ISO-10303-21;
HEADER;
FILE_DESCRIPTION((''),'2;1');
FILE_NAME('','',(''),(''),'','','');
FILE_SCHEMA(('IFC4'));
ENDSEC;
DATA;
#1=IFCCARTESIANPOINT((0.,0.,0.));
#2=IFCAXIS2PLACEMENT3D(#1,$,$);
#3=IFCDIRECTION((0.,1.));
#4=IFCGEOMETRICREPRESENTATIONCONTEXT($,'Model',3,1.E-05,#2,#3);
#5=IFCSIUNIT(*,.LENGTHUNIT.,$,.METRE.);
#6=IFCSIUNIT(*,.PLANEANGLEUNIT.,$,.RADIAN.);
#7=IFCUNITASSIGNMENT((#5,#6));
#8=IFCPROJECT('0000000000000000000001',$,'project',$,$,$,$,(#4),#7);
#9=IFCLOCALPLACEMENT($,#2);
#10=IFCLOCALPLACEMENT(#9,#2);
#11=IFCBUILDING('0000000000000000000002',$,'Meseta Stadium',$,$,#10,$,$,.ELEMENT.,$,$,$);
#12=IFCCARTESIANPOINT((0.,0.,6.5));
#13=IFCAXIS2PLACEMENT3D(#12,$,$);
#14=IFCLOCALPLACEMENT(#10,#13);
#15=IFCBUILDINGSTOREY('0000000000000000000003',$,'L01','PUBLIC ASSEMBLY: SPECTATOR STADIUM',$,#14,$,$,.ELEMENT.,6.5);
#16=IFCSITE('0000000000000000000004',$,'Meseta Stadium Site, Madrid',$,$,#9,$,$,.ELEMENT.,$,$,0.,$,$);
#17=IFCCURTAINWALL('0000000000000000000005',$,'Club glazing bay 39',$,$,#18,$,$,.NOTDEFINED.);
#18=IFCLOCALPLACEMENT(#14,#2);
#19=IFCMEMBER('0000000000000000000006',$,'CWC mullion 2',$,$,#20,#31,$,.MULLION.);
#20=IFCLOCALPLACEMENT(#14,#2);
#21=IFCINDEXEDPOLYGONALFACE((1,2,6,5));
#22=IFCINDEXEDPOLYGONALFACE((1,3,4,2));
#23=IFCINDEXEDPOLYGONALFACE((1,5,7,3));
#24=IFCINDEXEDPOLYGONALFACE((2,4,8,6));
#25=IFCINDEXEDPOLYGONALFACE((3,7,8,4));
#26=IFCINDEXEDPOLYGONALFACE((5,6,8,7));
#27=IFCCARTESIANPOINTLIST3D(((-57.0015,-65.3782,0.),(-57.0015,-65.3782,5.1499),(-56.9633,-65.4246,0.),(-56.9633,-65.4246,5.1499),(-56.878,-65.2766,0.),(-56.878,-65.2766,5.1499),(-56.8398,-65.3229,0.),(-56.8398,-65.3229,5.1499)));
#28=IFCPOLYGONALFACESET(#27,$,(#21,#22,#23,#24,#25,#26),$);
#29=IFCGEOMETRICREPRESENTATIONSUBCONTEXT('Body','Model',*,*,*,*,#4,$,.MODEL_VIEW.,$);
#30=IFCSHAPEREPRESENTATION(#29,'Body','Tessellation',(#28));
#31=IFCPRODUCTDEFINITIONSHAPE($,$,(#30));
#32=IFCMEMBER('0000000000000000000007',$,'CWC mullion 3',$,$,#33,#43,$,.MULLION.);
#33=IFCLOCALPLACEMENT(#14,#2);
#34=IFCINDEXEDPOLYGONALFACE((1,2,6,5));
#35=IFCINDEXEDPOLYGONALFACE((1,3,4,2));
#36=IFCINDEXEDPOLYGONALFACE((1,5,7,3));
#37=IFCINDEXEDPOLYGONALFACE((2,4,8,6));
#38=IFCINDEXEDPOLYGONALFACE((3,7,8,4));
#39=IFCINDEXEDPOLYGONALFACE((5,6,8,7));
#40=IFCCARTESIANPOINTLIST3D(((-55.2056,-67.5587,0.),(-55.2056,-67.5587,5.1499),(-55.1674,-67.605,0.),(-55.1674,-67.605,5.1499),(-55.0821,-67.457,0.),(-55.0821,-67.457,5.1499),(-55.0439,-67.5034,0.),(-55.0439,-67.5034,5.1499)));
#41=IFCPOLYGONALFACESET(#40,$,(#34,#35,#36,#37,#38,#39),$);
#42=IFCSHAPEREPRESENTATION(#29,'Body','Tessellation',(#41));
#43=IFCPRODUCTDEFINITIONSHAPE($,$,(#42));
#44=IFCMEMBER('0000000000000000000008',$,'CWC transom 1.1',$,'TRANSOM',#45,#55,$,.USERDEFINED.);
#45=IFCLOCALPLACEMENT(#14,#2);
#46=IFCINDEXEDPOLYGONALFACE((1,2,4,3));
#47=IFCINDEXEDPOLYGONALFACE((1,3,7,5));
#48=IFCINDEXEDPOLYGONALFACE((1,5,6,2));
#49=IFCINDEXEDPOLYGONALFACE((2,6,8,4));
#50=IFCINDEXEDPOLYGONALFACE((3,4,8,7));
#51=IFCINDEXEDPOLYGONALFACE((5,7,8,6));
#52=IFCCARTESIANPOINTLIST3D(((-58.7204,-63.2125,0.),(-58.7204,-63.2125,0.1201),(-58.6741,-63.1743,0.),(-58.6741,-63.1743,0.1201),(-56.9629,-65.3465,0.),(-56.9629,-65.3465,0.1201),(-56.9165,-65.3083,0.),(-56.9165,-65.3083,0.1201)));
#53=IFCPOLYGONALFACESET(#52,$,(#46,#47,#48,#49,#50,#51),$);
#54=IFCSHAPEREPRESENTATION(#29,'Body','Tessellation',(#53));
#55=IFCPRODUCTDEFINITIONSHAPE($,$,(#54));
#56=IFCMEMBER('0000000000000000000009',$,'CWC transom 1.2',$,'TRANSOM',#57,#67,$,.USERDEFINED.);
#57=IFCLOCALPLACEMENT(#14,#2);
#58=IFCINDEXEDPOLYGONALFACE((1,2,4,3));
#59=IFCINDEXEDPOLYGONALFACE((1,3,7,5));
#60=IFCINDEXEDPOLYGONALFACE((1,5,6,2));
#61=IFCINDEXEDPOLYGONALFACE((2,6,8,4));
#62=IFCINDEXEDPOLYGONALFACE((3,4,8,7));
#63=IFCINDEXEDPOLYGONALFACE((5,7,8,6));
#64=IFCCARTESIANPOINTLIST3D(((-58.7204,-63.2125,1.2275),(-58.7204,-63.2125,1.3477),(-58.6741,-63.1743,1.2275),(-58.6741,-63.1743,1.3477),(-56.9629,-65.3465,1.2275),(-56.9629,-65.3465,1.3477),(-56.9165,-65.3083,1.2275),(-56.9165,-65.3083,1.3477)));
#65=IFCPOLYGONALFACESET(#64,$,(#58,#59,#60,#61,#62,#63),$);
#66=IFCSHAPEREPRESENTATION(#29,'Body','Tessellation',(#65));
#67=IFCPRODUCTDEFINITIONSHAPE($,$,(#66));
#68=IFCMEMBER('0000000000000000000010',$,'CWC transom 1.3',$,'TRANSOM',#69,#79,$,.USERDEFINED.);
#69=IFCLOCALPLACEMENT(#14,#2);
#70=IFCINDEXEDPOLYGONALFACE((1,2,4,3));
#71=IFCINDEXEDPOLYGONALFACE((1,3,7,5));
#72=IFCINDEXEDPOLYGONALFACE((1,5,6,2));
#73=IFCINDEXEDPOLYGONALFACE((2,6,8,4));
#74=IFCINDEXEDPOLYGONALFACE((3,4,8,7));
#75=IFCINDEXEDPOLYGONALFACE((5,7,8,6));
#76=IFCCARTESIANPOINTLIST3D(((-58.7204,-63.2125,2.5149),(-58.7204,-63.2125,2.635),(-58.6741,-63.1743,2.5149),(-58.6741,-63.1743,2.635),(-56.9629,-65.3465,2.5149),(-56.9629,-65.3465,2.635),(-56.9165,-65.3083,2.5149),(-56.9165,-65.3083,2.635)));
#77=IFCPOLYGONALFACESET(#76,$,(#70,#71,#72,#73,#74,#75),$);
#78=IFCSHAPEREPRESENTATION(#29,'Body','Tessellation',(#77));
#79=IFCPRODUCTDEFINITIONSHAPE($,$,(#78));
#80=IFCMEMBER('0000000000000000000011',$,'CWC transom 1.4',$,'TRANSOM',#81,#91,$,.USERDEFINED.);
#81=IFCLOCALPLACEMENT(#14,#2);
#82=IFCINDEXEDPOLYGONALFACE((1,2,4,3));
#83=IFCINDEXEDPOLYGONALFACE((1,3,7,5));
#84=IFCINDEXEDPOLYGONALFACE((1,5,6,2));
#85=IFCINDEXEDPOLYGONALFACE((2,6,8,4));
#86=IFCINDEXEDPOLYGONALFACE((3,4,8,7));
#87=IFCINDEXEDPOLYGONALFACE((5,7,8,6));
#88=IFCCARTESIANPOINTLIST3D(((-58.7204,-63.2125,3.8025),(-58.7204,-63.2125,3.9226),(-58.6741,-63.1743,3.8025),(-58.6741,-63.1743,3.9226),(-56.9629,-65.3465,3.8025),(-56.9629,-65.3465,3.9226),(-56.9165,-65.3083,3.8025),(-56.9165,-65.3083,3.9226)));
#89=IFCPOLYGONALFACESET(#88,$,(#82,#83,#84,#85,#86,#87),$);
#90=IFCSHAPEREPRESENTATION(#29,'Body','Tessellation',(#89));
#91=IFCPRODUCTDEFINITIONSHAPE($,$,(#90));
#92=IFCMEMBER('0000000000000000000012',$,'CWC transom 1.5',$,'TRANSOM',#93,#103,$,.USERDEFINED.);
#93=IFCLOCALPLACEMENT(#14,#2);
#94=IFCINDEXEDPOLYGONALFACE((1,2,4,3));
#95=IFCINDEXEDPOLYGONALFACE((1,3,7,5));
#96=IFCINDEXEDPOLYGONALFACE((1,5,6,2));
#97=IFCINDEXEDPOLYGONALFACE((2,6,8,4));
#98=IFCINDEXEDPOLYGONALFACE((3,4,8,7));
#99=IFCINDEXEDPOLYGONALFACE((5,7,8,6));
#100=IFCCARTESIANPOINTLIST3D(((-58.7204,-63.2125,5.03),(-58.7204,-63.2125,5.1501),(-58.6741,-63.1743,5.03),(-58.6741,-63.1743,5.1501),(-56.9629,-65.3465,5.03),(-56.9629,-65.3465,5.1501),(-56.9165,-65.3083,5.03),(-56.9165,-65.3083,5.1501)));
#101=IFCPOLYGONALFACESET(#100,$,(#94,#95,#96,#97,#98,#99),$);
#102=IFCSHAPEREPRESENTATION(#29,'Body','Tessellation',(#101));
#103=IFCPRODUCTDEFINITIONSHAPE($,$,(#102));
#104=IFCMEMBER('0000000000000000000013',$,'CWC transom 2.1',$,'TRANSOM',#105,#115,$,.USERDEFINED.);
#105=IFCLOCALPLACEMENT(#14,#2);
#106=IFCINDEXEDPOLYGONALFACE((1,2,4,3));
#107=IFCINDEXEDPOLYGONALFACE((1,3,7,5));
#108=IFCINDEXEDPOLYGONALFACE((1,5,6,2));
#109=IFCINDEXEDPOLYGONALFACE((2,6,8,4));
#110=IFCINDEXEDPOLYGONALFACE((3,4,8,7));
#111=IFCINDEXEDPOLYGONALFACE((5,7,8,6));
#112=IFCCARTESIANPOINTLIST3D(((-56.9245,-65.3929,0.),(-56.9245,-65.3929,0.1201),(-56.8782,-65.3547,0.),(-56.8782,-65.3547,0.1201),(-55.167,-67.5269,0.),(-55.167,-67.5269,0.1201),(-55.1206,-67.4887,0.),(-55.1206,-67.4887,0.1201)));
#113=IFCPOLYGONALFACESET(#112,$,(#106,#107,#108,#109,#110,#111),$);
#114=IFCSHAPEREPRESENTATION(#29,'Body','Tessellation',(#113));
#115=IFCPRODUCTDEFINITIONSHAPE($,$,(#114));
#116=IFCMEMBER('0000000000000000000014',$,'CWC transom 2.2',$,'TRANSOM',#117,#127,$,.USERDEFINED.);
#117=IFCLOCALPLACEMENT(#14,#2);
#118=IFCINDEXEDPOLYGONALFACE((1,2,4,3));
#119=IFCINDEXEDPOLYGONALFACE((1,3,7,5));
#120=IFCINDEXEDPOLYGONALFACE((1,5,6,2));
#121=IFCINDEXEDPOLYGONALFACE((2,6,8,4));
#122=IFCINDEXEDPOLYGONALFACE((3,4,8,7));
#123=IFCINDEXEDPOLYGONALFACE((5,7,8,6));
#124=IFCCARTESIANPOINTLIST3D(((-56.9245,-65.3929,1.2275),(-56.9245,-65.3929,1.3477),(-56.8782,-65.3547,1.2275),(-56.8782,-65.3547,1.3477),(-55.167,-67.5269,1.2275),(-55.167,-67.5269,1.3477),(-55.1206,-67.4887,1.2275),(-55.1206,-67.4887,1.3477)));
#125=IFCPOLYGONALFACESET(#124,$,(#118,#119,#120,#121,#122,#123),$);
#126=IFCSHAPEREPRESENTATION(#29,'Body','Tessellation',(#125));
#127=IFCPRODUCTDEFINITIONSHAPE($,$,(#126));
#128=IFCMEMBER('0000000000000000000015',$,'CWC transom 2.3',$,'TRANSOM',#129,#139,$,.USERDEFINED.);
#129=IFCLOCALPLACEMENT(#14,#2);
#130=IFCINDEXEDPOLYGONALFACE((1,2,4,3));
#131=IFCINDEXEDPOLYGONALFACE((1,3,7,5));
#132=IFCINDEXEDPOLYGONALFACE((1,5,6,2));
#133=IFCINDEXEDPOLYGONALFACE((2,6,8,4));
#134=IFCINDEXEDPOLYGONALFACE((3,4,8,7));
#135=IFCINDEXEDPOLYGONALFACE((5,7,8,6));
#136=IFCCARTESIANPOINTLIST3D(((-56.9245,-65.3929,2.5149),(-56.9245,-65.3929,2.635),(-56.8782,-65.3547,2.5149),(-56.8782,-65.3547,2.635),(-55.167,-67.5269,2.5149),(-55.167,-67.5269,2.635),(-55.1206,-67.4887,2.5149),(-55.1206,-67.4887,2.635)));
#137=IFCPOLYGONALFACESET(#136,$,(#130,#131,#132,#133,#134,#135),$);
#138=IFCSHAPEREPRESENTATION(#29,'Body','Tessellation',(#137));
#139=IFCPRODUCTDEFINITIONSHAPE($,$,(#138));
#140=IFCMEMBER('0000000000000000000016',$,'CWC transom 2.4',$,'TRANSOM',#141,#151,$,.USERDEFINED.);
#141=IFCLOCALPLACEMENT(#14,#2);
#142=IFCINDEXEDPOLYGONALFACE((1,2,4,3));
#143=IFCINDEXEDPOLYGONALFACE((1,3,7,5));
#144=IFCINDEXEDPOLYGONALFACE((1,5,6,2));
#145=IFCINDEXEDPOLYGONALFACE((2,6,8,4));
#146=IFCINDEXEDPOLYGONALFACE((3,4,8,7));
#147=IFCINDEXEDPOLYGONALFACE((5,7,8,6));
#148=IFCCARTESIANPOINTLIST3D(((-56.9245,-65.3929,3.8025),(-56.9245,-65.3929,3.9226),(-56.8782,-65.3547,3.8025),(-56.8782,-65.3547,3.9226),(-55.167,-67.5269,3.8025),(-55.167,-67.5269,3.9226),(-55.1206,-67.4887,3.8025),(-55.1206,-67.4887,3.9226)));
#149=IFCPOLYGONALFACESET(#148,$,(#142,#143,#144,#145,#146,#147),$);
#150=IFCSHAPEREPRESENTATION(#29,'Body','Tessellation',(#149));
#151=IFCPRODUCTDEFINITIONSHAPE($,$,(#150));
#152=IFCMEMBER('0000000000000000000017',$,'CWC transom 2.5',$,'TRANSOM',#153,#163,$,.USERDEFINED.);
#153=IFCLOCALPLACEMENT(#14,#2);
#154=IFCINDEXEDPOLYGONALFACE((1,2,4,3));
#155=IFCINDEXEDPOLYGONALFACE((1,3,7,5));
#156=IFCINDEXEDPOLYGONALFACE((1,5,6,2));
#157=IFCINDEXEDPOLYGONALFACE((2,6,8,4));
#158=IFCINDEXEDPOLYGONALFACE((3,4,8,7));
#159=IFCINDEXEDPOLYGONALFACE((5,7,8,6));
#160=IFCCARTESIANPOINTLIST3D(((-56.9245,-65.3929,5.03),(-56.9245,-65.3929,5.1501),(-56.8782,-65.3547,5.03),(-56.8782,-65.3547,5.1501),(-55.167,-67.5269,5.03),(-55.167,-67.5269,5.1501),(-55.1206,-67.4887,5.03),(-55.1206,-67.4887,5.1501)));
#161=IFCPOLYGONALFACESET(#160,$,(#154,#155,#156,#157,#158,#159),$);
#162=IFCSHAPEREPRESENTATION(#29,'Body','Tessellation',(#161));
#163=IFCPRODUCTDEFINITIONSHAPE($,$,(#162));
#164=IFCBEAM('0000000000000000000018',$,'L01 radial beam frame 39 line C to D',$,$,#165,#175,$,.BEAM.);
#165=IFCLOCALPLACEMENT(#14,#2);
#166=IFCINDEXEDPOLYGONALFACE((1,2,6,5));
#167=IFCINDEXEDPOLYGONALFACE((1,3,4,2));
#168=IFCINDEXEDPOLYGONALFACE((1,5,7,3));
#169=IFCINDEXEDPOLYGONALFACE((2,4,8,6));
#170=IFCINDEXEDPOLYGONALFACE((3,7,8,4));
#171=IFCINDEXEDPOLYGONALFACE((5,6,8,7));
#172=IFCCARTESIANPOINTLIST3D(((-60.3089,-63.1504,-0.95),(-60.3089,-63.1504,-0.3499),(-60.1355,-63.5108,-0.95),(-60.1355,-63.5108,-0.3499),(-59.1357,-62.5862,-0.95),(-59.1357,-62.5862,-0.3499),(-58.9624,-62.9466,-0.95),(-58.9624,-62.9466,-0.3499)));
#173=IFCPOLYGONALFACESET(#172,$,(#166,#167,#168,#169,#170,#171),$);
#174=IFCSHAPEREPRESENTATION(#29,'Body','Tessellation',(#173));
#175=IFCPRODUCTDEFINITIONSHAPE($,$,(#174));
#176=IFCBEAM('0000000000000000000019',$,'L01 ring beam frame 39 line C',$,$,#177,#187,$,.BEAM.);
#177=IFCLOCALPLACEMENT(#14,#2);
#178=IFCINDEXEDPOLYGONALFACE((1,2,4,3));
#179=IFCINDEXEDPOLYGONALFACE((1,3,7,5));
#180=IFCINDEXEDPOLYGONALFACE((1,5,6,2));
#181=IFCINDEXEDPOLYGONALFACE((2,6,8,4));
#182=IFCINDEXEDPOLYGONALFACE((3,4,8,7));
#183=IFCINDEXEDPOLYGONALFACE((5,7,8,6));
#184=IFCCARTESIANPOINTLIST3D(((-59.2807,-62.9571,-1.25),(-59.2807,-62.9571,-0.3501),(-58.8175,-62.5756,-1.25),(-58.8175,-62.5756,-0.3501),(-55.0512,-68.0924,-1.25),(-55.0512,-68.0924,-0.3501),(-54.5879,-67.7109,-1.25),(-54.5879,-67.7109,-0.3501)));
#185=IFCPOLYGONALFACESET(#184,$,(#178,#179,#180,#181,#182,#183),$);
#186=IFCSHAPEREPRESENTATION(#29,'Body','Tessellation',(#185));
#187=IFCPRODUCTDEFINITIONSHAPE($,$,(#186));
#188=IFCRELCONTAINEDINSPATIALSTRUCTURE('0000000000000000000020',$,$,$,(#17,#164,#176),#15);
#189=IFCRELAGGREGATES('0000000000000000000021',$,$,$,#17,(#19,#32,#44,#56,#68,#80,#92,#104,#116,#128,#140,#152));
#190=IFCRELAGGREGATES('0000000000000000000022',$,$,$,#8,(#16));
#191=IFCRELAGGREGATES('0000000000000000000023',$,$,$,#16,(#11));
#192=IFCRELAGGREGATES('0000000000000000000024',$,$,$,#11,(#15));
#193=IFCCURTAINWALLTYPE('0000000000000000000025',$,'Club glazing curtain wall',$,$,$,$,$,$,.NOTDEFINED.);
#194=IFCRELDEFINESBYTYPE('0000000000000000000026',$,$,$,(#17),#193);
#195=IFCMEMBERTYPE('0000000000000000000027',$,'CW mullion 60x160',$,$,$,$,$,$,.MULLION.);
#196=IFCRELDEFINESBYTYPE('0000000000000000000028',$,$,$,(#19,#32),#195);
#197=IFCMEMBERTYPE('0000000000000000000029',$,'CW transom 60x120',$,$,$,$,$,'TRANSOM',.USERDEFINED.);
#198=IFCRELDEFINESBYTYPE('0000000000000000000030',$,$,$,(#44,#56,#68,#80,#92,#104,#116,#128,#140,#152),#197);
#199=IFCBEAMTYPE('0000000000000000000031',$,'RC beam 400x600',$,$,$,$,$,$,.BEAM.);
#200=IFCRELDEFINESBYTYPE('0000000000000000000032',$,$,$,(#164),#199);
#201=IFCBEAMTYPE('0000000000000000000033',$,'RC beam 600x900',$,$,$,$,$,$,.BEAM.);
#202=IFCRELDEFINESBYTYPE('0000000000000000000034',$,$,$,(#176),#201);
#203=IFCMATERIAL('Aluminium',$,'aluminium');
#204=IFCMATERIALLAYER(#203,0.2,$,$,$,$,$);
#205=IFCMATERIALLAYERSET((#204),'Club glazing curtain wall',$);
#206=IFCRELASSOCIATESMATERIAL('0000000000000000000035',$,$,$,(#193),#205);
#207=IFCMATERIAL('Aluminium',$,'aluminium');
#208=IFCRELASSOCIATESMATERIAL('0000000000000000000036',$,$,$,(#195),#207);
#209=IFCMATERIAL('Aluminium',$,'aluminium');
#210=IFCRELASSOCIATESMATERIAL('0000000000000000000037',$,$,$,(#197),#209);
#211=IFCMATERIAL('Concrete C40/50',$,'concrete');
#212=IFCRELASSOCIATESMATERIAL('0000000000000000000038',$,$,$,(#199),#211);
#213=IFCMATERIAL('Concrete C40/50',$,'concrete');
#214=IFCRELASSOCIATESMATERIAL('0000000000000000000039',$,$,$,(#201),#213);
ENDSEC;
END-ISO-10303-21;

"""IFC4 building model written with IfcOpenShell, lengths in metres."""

from ifc_helpers import new_model, si_unit, direction, frame, origin, origin_2d, place, context, subcontext, project, spatial, rectangle, extrude, material, layer, layer_set, material_profile, profile_set, type_object, element, aggregate, save


model = new_model("IFC4")

# Units and contexts
model_context = context("Model", 3, precision=1e-05, world=origin(), true_north=direction((0.0, 1.0)))
body_context = subcontext(model_context, "Body", "Model", "MODEL_VIEW")
ifc_project = project(units=[si_unit("LENGTHUNIT", "METRE"), si_unit("PLANEANGLEUNIT", "RADIAN")], contexts=[model_context])

# Site, building, storey
site_placement = place(None, origin())
site = spatial("IfcSite", under=ifc_project, at=site_placement, Name="Meseta Stadium Site, Madrid", CompositionType="ELEMENT", RefElevation=0.0)
building_placement = place(site_placement, origin())
building = spatial("IfcBuilding", under=site, at=building_placement, Name="Meseta Stadium", CompositionType="ELEMENT")
storey_placement = place(building_placement, frame((0.0, 0.0, 6.5)))
storey = spatial("IfcBuildingStorey", under=building, at=storey_placement, Name="L01", Description="PUBLIC ASSEMBLY: SPECTATOR STADIUM", CompositionType="ELEMENT", Elevation=6.5)

# Shared definitions
ifc_material_1 = material(Name="Aluminium", Category="aluminium")
ifc_layer_1 = layer(ifc_material_1, 0.2)
ifc_layer_set_1 = layer_set([ifc_layer_1], Name="Club glazing curtain wall")
curtain_wall_type = type_object("IfcCurtainWallType", Name="Club glazing curtain wall", PredefinedType="NOTDEFINED", material=ifc_layer_set_1)
ifc_material_2 = material(Name="Aluminium", Category="aluminium")
ifc_material_profile_1 = material_profile(ifc_material_2, rectangle(XDim=0.1599, YDim=0.0601, at=origin_2d()), Name="CW 160x60")
ifc_profile_set_1 = profile_set([ifc_material_profile_1], Name="Aluminium")
member_type_1 = type_object("IfcMemberType", Name="CW mullion 60x160", PredefinedType="MULLION", material=ifc_profile_set_1)

# Curtain wall, members
curtain_wall_1_placement = place(storey_placement, origin())
curtain_wall_1 = element("IfcCurtainWall", 1, at=curtain_wall_1_placement, inside=storey, type_object=curtain_wall_type, Name="Club glazing bay 39", PredefinedType="NOTDEFINED")
member_1_placement = place(storey_placement, frame((-56.9207, -65.3506, 0.0), z_axis=(0.0, 0.0, 1.0), x_axis=(0.771902, 0.635741, 0.0)))
member_1 = element("IfcMember", 2, at=member_1_placement, type_object=member_type_1, Name="CWC mullion 2", PredefinedType="MULLION", context=body_context, shape_type="SweptSolid", body=[
    extrude(rectangle(XDim=0.1599, YDim=0.0601, at=origin_2d()), origin(), (0.0, 0.0, 1.0), 5.1499),
])
member_2_placement = place(storey_placement, frame((-55.1248, -67.531, 0.0), z_axis=(0.0, 0.0, 1.0), x_axis=(0.771902, 0.635741, 0.0)))
member_2 = element("IfcMember", 3, at=member_2_placement, type_object=member_type_1, Name="CWC mullion 3", PredefinedType="MULLION", context=body_context, shape_type="SweptSolid", body=[
    extrude(rectangle(XDim=0.1599, YDim=0.0601, at=origin_2d()), origin(), (0.0, 0.0, 1.0), 5.1499),
])
ifc_material_3 = material(Name="Aluminium", Category="aluminium")
ifc_material_profile_2 = material_profile(ifc_material_3, rectangle(XDim=0.0601, YDim=0.1201, at=origin_2d()), Name="CW 60x120")
ifc_profile_set_2 = profile_set([ifc_material_profile_2], Name="Aluminium")
member_type_2 = type_object("IfcMemberType", Name="CW transom 60x120", ElementType="TRANSOM", PredefinedType="USERDEFINED", material=ifc_profile_set_2)
member_3_placement = place(storey_placement, frame((-58.6973, -63.1934, 0.0601), z_axis=(0.635735, -0.771907, 0.0), x_axis=(0.771907, 0.635735, 0.0)))
member_3 = element("IfcMember", 4, at=member_3_placement, type_object=member_type_2, Name="CWC transom 1.1", ObjectType="TRANSOM", PredefinedType="USERDEFINED", context=body_context, shape_type="SweptSolid", body=[
    extrude(rectangle(XDim=0.0601, YDim=0.1201, at=origin_2d()), origin(), (0.0, 0.0, 1.0), 2.7646),
])
member_4_placement = place(storey_placement, frame((-58.6973, -63.1934, 1.2876), z_axis=(0.635735, -0.771907, 0.0), x_axis=(0.771907, 0.635735, 0.0)))
member_4 = element("IfcMember", 5, at=member_4_placement, type_object=member_type_2, Name="CWC transom 1.2", ObjectType="TRANSOM", PredefinedType="USERDEFINED", context=body_context, shape_type="SweptSolid", body=[
    extrude(rectangle(XDim=0.0601, YDim=0.1201, at=origin_2d()), origin(), (0.0, 0.0, 1.0), 2.7646),
])
member_5_placement = place(storey_placement, frame((-58.6973, -63.1934, 2.575), z_axis=(0.635735, -0.771907, 0.0), x_axis=(0.771907, 0.635735, 0.0)))
member_5 = element("IfcMember", 6, at=member_5_placement, type_object=member_type_2, Name="CWC transom 1.3", ObjectType="TRANSOM", PredefinedType="USERDEFINED", context=body_context, shape_type="SweptSolid", body=[
    extrude(rectangle(XDim=0.0601, YDim=0.1201, at=origin_2d()), origin(), (0.0, 0.0, 1.0), 2.7646),
])
member_6_placement = place(storey_placement, frame((-58.6973, -63.1934, 3.8625), z_axis=(0.635735, -0.771907, 0.0), x_axis=(0.771907, 0.635735, 0.0)))
member_6 = element("IfcMember", 7, at=member_6_placement, type_object=member_type_2, Name="CWC transom 1.4", ObjectType="TRANSOM", PredefinedType="USERDEFINED", context=body_context, shape_type="SweptSolid", body=[
    extrude(rectangle(XDim=0.0601, YDim=0.1201, at=origin_2d()), origin(), (0.0, 0.0, 1.0), 2.7646),
])
member_7_placement = place(storey_placement, frame((-58.6973, -63.1934, 5.0901), z_axis=(0.635735, -0.771907, 0.0), x_axis=(0.771907, 0.635735, 0.0)))
member_7 = element("IfcMember", 8, at=member_7_placement, type_object=member_type_2, Name="CWC transom 1.5", ObjectType="TRANSOM", PredefinedType="USERDEFINED", context=body_context, shape_type="SweptSolid", body=[
    extrude(rectangle(XDim=0.0601, YDim=0.1201, at=origin_2d()), origin(), (0.0, 0.0, 1.0), 2.7646),
])
member_8_placement = place(storey_placement, frame((-56.9014, -65.3738, 0.0601), z_axis=(0.635735, -0.771907, 0.0), x_axis=(0.771907, 0.635735, 0.0)))
member_8 = element("IfcMember", 9, at=member_8_placement, type_object=member_type_2, Name="CWC transom 2.1", ObjectType="TRANSOM", PredefinedType="USERDEFINED", context=body_context, shape_type="SweptSolid", body=[
    extrude(rectangle(XDim=0.0601, YDim=0.1201, at=origin_2d()), origin(), (0.0, 0.0, 1.0), 2.7646),
])
member_9_placement = place(storey_placement, frame((-56.9014, -65.3738, 1.2876), z_axis=(0.635735, -0.771907, 0.0), x_axis=(0.771907, 0.635735, 0.0)))
member_9 = element("IfcMember", 10, at=member_9_placement, type_object=member_type_2, Name="CWC transom 2.2", ObjectType="TRANSOM", PredefinedType="USERDEFINED", context=body_context, shape_type="SweptSolid", body=[
    extrude(rectangle(XDim=0.0601, YDim=0.1201, at=origin_2d()), origin(), (0.0, 0.0, 1.0), 2.7646),
])
member_10_placement = place(storey_placement, frame((-56.9014, -65.3738, 2.575), z_axis=(0.635735, -0.771907, 0.0), x_axis=(0.771907, 0.635735, 0.0)))
member_10 = element("IfcMember", 11, at=member_10_placement, type_object=member_type_2, Name="CWC transom 2.3", ObjectType="TRANSOM", PredefinedType="USERDEFINED", context=body_context, shape_type="SweptSolid", body=[
    extrude(rectangle(XDim=0.0601, YDim=0.1201, at=origin_2d()), origin(), (0.0, 0.0, 1.0), 2.7646),
])
member_11_placement = place(storey_placement, frame((-56.9014, -65.3738, 3.8625), z_axis=(0.635735, -0.771907, 0.0), x_axis=(0.771907, 0.635735, 0.0)))
member_11 = element("IfcMember", 12, at=member_11_placement, type_object=member_type_2, Name="CWC transom 2.4", ObjectType="TRANSOM", PredefinedType="USERDEFINED", context=body_context, shape_type="SweptSolid", body=[
    extrude(rectangle(XDim=0.0601, YDim=0.1201, at=origin_2d()), origin(), (0.0, 0.0, 1.0), 2.7646),
])
member_12_placement = place(storey_placement, frame((-56.9014, -65.3738, 5.0901), z_axis=(0.635735, -0.771907, 0.0), x_axis=(0.771907, 0.635735, 0.0)))
member_12 = element("IfcMember", 13, at=member_12_placement, type_object=member_type_2, Name="CWC transom 2.5", ObjectType="TRANSOM", PredefinedType="USERDEFINED", context=body_context, shape_type="SweptSolid", body=[
    extrude(rectangle(XDim=0.0601, YDim=0.1201, at=origin_2d()), origin(), (0.0, 0.0, 1.0), 2.7646),
])

# Beams
ifc_material_4 = material(Name="Concrete C40/50", Category="concrete")
ifc_material_profile_3 = material_profile(ifc_material_4, rectangle(XDim=0.3999, YDim=0.6001, at=origin_2d()), Name="RC 400x600")
ifc_profile_set_3 = profile_set([ifc_material_profile_3], Name="Concrete C40/50")
beam_type_1 = type_object("IfcBeamType", Name="RC beam 400x600", PredefinedType="BEAM", material=ifc_profile_set_3)
beam_1_placement = place(storey_placement, frame((-59.0491, -62.7664, -0.6499), z_axis=(-0.901186, -0.433432, 0.0), x_axis=(0.433432, -0.901186, 0.0)))
element("IfcBeam", 14, at=beam_1_placement, inside=storey, type_object=beam_type_1, Name="L01 radial beam frame 39 line C to D", PredefinedType="BEAM", context=body_context, shape_type="SweptSolid", body=[
    extrude(rectangle(XDim=0.3999, YDim=0.6001, at=origin_2d()), origin(), (0.0, 0.0, 1.0), 1.3018),
])
ifc_material_5 = material(Name="Concrete C40/50", Category="concrete")
ifc_material_profile_4 = material_profile(ifc_material_5, rectangle(XDim=0.6001, YDim=0.8999, at=origin_2d()), Name="RC 600x900")
ifc_profile_set_4 = profile_set([ifc_material_profile_4], Name="Concrete C40/50")
beam_type_2 = type_object("IfcBeamType", Name="RC beam 600x900", PredefinedType="BEAM", material=ifc_profile_set_4)
beam_2_placement = place(storey_placement, frame((-59.0491, -62.7664, -0.8), z_axis=(0.635748, -0.771896, 0.0), x_axis=(0.771896, 0.635748, 0.0)))
element("IfcBeam", 15, at=beam_2_placement, inside=storey, type_object=beam_type_2, Name="L01 ring beam frame 39 line C", PredefinedType="BEAM", context=body_context, shape_type="SweptSolid", body=[
    extrude(rectangle(XDim=0.6001, YDim=0.8999, at=origin_2d()), origin(), (0.0, 0.0, 1.0), 6.6528),
])

aggregate(curtain_wall_1, [member_1, member_2, member_3, member_4, member_5, member_6, member_7, member_8, member_9, member_10, member_11, member_12])

save(model, "model.ifc")
